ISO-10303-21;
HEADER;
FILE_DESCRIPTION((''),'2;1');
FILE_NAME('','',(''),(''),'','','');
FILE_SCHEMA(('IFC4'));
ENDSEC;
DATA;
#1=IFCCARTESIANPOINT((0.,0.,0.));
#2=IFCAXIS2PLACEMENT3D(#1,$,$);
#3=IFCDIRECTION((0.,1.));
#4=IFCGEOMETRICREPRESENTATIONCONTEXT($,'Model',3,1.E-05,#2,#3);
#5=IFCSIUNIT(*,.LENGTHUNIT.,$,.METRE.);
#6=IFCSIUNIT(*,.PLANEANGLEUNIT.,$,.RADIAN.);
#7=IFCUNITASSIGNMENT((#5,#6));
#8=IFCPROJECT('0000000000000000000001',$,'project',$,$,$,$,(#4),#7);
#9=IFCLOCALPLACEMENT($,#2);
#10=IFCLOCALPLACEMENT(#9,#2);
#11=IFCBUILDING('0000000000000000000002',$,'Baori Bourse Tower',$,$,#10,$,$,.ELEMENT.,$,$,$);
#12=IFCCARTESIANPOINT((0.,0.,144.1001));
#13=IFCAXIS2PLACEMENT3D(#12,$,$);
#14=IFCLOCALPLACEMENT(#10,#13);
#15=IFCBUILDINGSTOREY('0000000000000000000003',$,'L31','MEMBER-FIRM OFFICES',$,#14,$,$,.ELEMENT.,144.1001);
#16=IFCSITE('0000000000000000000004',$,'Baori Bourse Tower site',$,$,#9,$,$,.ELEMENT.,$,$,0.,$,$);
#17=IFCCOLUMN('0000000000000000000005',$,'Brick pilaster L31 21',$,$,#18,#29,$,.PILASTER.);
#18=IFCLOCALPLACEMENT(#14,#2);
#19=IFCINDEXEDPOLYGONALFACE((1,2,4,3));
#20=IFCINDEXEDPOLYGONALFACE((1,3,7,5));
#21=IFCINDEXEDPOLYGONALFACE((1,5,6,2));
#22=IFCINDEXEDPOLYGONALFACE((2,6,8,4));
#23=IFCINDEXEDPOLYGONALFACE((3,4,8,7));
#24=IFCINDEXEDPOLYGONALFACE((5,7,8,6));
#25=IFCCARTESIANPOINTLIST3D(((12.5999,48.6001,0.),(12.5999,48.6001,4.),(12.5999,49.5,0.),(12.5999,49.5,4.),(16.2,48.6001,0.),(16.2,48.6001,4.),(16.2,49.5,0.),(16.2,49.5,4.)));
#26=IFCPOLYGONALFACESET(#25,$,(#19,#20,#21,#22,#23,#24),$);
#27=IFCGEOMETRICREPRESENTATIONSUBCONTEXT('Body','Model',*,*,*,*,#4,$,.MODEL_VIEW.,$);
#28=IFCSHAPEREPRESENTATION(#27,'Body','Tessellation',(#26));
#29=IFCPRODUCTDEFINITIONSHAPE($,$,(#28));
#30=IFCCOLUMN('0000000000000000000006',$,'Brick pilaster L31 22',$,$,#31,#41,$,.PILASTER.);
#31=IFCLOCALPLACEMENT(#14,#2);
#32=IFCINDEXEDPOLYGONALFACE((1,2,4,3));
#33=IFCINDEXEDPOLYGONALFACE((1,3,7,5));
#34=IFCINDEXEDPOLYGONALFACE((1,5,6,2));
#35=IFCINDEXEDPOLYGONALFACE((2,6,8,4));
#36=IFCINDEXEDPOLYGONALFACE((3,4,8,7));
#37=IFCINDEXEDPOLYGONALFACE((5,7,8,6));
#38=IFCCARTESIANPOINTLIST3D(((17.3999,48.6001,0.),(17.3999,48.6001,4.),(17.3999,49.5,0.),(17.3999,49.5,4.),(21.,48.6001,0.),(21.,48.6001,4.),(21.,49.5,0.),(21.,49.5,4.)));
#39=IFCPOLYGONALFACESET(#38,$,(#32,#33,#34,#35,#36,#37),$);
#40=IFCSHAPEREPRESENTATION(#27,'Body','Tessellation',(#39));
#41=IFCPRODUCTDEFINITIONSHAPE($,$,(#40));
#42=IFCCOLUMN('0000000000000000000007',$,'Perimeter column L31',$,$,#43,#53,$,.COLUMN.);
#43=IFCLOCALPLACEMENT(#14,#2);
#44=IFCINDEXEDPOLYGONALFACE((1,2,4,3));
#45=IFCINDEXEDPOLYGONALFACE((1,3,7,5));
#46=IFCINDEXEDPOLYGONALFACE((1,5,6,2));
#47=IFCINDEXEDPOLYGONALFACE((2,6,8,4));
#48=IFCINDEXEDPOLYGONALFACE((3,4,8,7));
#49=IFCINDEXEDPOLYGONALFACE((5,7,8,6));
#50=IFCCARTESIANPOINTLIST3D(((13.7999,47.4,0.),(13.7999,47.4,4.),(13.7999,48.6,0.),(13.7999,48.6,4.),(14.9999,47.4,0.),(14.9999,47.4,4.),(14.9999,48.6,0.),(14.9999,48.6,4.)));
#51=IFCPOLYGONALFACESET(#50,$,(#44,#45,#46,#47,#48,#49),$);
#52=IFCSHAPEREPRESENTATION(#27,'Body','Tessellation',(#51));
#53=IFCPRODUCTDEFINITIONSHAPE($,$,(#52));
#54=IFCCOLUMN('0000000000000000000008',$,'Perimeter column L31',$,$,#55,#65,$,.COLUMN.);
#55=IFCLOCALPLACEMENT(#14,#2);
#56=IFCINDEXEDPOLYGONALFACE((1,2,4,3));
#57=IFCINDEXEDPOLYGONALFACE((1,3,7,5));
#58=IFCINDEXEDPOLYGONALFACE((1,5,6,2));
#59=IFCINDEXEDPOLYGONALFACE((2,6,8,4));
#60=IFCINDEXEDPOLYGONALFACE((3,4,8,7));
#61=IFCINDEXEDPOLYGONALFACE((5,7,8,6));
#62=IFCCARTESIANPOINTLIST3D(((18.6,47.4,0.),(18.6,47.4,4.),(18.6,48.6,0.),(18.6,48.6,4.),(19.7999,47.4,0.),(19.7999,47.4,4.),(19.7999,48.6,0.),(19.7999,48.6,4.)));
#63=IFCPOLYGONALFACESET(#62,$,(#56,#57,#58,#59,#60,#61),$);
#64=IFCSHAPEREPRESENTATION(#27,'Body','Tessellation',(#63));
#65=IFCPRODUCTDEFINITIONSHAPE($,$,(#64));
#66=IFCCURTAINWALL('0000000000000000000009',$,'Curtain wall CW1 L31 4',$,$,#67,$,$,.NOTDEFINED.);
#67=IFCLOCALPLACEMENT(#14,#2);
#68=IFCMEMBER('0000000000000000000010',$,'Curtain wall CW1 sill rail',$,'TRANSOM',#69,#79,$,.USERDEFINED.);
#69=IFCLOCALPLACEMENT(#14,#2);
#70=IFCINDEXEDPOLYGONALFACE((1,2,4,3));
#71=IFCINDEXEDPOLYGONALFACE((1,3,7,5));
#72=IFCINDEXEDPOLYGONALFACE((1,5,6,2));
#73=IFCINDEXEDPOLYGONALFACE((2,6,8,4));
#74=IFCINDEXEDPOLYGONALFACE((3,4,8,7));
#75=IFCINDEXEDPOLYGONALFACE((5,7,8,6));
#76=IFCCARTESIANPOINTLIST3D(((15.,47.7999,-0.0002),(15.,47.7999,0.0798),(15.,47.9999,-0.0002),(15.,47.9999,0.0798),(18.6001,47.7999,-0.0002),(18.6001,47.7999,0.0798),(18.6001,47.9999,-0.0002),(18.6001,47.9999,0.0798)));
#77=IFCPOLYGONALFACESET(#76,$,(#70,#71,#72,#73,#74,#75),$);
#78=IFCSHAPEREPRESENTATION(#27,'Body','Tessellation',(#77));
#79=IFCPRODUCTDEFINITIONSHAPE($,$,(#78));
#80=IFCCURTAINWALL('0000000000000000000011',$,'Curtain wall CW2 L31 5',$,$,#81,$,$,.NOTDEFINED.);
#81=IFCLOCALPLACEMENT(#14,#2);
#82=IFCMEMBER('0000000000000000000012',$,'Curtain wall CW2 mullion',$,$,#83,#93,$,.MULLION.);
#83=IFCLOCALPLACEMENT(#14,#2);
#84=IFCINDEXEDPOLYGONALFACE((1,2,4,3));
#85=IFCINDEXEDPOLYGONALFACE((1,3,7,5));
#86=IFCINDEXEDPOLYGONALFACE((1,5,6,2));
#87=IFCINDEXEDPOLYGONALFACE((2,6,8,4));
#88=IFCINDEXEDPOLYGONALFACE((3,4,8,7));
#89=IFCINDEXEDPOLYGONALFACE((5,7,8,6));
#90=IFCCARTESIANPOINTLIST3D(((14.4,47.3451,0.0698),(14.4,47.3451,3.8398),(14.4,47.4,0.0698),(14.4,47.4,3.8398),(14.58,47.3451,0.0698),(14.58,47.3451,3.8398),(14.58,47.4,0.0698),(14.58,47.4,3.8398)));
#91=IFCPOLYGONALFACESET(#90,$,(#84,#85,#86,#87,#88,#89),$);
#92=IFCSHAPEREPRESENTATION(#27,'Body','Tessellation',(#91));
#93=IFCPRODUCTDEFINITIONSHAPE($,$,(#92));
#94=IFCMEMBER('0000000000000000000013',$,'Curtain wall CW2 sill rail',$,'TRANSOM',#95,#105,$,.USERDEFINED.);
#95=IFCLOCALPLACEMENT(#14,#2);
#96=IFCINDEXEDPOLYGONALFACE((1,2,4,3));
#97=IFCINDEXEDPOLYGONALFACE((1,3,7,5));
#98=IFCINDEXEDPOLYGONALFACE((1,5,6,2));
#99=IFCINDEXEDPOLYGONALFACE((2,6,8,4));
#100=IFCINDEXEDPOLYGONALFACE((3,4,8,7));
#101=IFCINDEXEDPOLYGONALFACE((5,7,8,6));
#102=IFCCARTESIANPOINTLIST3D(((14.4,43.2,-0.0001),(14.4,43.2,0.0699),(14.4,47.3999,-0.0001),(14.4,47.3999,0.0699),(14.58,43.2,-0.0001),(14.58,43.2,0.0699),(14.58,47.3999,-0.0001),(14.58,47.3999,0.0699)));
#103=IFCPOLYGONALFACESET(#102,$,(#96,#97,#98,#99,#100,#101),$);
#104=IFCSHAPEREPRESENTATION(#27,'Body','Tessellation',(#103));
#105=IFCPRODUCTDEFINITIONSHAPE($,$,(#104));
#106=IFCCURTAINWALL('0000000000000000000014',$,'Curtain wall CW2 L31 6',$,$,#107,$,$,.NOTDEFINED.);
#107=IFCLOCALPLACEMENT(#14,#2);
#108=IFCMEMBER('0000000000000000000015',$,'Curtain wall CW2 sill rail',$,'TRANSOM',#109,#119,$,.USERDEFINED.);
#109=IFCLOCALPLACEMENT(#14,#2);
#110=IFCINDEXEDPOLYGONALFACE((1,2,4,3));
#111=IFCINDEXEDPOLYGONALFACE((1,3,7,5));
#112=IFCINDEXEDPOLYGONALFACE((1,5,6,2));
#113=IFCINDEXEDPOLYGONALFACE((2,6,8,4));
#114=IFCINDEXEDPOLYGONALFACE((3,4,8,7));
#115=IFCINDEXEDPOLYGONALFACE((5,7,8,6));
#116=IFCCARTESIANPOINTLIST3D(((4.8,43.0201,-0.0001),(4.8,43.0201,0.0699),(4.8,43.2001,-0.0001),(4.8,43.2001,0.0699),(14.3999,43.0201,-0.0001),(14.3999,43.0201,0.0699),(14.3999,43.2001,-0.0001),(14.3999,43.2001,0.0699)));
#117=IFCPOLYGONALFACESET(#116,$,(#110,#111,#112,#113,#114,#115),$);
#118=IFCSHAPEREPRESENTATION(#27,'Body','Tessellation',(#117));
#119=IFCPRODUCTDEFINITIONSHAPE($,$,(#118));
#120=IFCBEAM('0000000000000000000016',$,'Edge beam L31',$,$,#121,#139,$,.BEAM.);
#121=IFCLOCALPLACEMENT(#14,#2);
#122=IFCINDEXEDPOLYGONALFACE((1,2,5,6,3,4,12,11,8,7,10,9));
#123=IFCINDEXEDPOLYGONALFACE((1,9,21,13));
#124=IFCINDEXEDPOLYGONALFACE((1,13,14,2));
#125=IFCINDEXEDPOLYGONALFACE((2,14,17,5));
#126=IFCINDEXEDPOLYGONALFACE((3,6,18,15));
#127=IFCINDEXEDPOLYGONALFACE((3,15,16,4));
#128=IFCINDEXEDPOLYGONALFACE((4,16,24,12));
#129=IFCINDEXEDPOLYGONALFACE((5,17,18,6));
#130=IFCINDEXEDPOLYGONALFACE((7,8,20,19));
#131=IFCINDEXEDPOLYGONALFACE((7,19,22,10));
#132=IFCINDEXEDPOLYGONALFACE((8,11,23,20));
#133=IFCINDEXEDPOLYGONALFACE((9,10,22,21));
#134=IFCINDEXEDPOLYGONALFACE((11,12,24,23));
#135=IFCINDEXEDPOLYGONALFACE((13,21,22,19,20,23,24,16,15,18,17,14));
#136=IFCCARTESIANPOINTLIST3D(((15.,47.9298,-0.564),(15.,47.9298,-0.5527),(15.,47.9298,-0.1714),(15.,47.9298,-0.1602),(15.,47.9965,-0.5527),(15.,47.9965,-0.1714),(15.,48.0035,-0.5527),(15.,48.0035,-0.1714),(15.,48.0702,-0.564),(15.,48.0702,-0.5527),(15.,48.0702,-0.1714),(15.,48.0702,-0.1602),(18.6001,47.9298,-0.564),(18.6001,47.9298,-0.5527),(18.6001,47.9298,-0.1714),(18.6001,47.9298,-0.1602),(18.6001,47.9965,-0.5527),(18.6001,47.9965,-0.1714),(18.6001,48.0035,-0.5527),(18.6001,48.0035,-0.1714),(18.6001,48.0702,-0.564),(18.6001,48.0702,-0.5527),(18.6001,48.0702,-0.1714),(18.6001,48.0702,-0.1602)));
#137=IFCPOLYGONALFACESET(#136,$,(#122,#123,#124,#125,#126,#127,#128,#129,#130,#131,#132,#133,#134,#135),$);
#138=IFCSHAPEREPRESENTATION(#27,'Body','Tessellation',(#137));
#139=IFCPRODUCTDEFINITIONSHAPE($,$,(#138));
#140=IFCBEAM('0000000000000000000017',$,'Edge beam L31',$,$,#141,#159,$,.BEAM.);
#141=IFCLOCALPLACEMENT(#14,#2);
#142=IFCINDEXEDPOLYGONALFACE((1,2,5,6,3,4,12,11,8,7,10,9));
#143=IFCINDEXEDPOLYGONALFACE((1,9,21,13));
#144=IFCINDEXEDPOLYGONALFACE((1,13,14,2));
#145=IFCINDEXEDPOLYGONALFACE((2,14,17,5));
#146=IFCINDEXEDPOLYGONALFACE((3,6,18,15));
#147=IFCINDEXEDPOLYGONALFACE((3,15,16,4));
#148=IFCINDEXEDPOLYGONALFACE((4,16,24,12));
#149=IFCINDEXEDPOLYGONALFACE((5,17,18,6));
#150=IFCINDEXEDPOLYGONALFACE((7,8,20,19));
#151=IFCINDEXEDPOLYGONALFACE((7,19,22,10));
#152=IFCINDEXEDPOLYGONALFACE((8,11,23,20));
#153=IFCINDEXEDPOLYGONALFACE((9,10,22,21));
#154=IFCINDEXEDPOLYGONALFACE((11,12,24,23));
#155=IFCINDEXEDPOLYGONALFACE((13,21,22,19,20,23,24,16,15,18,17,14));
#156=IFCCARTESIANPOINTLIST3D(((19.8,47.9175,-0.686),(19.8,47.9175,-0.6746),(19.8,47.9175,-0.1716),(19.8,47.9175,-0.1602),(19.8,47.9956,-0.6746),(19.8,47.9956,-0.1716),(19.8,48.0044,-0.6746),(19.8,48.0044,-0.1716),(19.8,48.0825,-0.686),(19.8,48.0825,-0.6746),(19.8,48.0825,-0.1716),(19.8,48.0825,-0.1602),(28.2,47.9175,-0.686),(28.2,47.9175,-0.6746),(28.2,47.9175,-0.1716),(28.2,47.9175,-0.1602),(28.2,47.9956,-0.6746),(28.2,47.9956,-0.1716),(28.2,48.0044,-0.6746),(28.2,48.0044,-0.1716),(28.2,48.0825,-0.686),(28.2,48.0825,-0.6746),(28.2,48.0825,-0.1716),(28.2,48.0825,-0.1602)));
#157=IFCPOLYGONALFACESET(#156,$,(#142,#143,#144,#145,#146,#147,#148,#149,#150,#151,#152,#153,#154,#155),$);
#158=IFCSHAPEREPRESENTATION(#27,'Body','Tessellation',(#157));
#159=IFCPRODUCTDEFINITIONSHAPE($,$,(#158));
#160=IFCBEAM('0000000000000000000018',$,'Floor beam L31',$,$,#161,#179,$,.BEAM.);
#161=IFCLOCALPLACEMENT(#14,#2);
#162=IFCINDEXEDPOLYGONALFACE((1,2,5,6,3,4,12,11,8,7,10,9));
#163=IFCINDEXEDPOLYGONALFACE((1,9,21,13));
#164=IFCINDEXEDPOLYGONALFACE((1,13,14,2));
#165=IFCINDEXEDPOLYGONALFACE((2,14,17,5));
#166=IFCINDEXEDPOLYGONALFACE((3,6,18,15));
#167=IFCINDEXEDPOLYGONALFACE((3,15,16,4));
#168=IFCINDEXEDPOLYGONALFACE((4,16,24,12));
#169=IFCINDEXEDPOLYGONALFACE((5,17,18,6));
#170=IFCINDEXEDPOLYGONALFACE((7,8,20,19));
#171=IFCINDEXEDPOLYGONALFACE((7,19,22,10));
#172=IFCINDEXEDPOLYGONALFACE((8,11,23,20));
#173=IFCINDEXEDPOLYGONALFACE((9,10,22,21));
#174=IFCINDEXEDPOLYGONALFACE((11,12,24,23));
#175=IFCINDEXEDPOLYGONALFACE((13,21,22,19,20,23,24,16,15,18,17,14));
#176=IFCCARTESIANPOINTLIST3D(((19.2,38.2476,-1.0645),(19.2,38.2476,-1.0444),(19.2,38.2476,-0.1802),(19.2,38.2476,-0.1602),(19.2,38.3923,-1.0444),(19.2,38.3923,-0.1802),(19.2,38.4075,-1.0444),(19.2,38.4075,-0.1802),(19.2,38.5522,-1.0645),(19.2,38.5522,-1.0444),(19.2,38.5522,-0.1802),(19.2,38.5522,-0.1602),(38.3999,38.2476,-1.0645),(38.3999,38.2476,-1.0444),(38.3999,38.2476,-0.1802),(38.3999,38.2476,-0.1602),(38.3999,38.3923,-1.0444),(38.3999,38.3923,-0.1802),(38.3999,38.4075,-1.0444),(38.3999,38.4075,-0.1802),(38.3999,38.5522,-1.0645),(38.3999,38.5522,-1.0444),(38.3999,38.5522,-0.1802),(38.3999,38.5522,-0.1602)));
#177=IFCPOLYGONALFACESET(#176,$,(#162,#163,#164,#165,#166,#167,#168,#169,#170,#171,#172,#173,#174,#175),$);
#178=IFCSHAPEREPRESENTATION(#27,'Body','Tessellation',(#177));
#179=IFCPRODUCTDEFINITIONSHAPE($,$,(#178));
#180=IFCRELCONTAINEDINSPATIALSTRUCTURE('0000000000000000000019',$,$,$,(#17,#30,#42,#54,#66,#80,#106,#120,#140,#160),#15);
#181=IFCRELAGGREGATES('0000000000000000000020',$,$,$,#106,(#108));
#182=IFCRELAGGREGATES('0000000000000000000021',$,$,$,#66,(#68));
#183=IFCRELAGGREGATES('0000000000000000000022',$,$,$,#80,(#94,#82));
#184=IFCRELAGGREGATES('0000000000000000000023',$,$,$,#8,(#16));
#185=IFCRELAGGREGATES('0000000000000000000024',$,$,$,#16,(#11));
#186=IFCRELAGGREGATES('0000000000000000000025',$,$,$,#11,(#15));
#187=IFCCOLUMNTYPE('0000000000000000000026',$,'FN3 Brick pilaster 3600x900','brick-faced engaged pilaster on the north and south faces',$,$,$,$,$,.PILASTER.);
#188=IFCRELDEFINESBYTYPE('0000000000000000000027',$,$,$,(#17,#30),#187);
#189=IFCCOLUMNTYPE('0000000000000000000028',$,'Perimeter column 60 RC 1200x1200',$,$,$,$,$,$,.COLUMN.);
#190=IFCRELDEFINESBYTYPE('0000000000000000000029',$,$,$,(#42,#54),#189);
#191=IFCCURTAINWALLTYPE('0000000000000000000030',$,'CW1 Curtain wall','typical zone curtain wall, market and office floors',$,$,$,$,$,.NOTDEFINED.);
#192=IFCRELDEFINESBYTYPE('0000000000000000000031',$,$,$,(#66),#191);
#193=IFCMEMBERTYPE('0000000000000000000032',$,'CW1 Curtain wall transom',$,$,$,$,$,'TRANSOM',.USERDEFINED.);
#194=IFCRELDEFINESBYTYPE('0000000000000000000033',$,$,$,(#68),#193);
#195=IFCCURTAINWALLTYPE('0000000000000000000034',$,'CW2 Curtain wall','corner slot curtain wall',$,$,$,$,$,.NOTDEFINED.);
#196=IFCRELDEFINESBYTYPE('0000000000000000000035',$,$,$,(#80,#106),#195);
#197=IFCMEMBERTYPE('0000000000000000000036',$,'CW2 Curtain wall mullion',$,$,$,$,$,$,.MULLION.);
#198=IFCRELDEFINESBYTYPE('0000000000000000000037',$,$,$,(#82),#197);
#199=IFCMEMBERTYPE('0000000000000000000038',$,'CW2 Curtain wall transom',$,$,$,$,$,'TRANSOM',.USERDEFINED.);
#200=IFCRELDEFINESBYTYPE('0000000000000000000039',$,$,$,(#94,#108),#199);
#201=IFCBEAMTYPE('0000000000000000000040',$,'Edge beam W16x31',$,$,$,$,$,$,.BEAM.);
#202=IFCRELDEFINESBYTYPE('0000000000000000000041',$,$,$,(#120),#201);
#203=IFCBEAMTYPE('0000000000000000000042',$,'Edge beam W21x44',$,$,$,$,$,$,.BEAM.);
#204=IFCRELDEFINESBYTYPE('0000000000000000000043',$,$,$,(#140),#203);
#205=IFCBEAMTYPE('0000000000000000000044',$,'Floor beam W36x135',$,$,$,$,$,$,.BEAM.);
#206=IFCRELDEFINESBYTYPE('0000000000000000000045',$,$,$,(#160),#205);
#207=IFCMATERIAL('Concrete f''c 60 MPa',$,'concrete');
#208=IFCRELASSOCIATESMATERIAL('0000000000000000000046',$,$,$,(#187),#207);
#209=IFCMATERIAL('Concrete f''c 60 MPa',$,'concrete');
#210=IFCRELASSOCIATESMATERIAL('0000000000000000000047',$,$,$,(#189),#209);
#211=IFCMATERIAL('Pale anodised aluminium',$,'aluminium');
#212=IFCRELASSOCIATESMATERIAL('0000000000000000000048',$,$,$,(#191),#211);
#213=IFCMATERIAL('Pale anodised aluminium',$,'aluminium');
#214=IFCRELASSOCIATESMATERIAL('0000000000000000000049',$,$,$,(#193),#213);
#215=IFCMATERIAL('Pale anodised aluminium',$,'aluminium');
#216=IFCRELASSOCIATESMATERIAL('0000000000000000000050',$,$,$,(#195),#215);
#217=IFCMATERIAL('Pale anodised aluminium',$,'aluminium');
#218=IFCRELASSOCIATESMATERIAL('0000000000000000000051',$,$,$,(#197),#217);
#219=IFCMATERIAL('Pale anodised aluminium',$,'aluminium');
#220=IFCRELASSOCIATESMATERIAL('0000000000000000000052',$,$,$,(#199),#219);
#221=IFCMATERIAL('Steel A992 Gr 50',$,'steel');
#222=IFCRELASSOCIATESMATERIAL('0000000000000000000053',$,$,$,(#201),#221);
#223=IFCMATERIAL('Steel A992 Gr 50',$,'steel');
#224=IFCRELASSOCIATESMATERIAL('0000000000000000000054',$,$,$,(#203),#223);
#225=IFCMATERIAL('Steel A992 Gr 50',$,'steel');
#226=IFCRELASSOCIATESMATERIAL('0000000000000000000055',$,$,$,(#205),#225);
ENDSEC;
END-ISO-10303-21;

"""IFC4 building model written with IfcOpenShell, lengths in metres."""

from ifc_helpers import new_model, si_unit, direction, frame, origin, origin_2d, place, context, subcontext, project, spatial, rectangle, i_section, extrude, material, material_profile, profile_set, type_object, element, aggregate, save


model = new_model("IFC4")

# Units and contexts
model_context = context("Model", 3, precision=1e-05, world=origin(), true_north=direction((0.0, 1.0)))
body_context = subcontext(model_context, "Body", "Model", "MODEL_VIEW")
ifc_project = project(units=[si_unit("LENGTHUNIT", "METRE"), si_unit("PLANEANGLEUNIT", "RADIAN")], contexts=[model_context])

# Site, building, storey
site_placement = place(None, origin())
site = spatial("IfcSite", under=ifc_project, at=site_placement, Name="Baori Bourse Tower site", CompositionType="ELEMENT", RefElevation=0.0)
building_placement = place(site_placement, origin())
building = spatial("IfcBuilding", under=site, at=building_placement, Name="Baori Bourse Tower", CompositionType="ELEMENT")
storey_placement = place(building_placement, frame((0.0, 0.0, 144.1001)))
storey = spatial("IfcBuildingStorey", under=building, at=storey_placement, Name="L31", Description="MEMBER-FIRM OFFICES", CompositionType="ELEMENT", Elevation=144.1001)

# Columns
ifc_material_1 = material(Name="Concrete f'c 60 MPa", Category="concrete")
ifc_material_profile_1 = material_profile(ifc_material_1, rectangle(XDim=3.6001, YDim=0.8999, at=origin_2d()), Name="RC 3600x900")
ifc_profile_set_1 = profile_set([ifc_material_profile_1], Name="Concrete f'c 60 MPa")
column_type_1 = type_object("IfcColumnType", Name="FN3 Brick pilaster 3600x900", Description="brick-faced engaged pilaster on the north and south faces", PredefinedType="PILASTER", material=ifc_profile_set_1)
for number, where, z_axis, x_axis, name in (
    (1, (14.3999, 49.05, 0.0), (0.0, 0.0, 1.0), (1.0, 0.0, 0.0), "Brick pilaster L31 21"),
    (2, (19.2, 49.05, 0.0), (0.0, 0.0, 1.0), (1.0, 0.0, 0.0), "Brick pilaster L31 22"),
):
    element("IfcColumn", number, at=place(storey_placement, frame(where, z_axis=z_axis, x_axis=x_axis)), inside=storey, type_object=column_type_1, Name=name, PredefinedType="PILASTER", context=body_context, shape_type="SweptSolid", body=[
        extrude(rectangle(XDim=3.6001, YDim=0.8999, at=origin_2d()), origin(), (0.0, 0.0, 1.0), 4.0),
    ])
ifc_material_2 = material(Name="Concrete f'c 60 MPa", Category="concrete")
ifc_material_profile_2 = material_profile(ifc_material_2, rectangle(XDim=1.2, YDim=1.2, at=origin_2d()), Name="RC 1200x1200")
ifc_profile_set_2 = profile_set([ifc_material_profile_2], Name="Concrete f'c 60 MPa")
column_type_2 = type_object("IfcColumnType", Name="Perimeter column 60 RC 1200x1200", PredefinedType="COLUMN", material=ifc_profile_set_2)
for number, where, z_axis, x_axis, name in (
    (3, (14.3999, 48.0, 0.0), (0.0, 0.0, 1.0), (1.0, 0.0, 0.0), "Perimeter column L31"),
    (4, (19.2, 48.0, 0.0), (0.0, 0.0, 1.0), (1.0, 0.0, 0.0), "Perimeter column L31"),
):
    element("IfcColumn", number, at=place(storey_placement, frame(where, z_axis=z_axis, x_axis=x_axis)), inside=storey, type_object=column_type_2, Name=name, PredefinedType="COLUMN", context=body_context, shape_type="SweptSolid", body=[
        extrude(rectangle(XDim=1.2, YDim=1.2, at=origin_2d()), origin(), (0.0, 0.0, 1.0), 4.0),
    ])

# Curtain wall, member
ifc_material_3 = material(Name="Pale anodised aluminium", Category="aluminium")
curtain_wall_type_1 = type_object("IfcCurtainWallType", Name="CW1 Curtain wall", Description="typical zone curtain wall, market and office floors", PredefinedType="NOTDEFINED", material=ifc_material_3)
curtain_wall_1_placement = place(storey_placement, origin())
curtain_wall_1 = element("IfcCurtainWall", 5, at=curtain_wall_1_placement, inside=storey, type_object=curtain_wall_type_1, Name="Curtain wall CW1 L31 4", PredefinedType="NOTDEFINED")
ifc_material_4 = material(Name="Pale anodised aluminium", Category="aluminium")
ifc_material_profile_3 = material_profile(ifc_material_4, rectangle(XDim=0.2, YDim=0.0801, at=origin_2d()), Name="Transom 80x200")
ifc_profile_set_3 = profile_set([ifc_material_profile_3], Name="Pale anodised aluminium")
member_type_1 = type_object("IfcMemberType", Name="CW1 Curtain wall transom", ElementType="TRANSOM", PredefinedType="USERDEFINED", material=ifc_profile_set_3)
member_1_placement = place(storey_placement, frame((18.6001, 47.8999, 0.0398), z_axis=(-1.0, 0.0, 0.0), x_axis=(0.0, -1.0, 0.0)))
member_1 = element("IfcMember", 6, at=member_1_placement, type_object=member_type_1, Name="Curtain wall CW1 sill rail", ObjectType="TRANSOM", PredefinedType="USERDEFINED", context=body_context, shape_type="SweptSolid", body=[
    extrude(rectangle(XDim=0.2, YDim=0.0801, at=origin_2d()), origin(), (0.0, 0.0, 1.0), 3.6001),
])

# Curtain wall, members
ifc_material_5 = material(Name="Pale anodised aluminium", Category="aluminium")
curtain_wall_type_2 = type_object("IfcCurtainWallType", Name="CW2 Curtain wall", Description="corner slot curtain wall", PredefinedType="NOTDEFINED", material=ifc_material_5)
curtain_wall_2_placement = place(storey_placement, origin())
curtain_wall_2 = element("IfcCurtainWall", 7, at=curtain_wall_2_placement, inside=storey, type_object=curtain_wall_type_2, Name="Curtain wall CW2 L31 5", PredefinedType="NOTDEFINED")
ifc_material_6 = material(Name="Pale anodised aluminium", Category="aluminium")
ifc_material_profile_4 = material_profile(ifc_material_6, rectangle(XDim=0.1799, YDim=0.0549, at=origin_2d()), Name="Mullion 55x180")
ifc_profile_set_4 = profile_set([ifc_material_profile_4], Name="Pale anodised aluminium")
member_type_2 = type_object("IfcMemberType", Name="CW2 Curtain wall mullion", PredefinedType="MULLION", material=ifc_profile_set_4)
member_2_placement = place(storey_placement, frame((14.49, 47.3726, 0.0698), z_axis=(0.0, 0.0, 1.0), x_axis=(1.0, 0.0, 0.0)))
member_2 = element("IfcMember", 8, at=member_2_placement, type_object=member_type_2, Name="Curtain wall CW2 mullion", PredefinedType="MULLION", context=body_context, shape_type="SweptSolid", body=[
    extrude(rectangle(XDim=0.1799, YDim=0.0549, at=origin_2d()), origin(), (0.0, 0.0, 1.0), 3.77),
])
ifc_material_7 = material(Name="Pale anodised aluminium", Category="aluminium")
ifc_material_profile_5 = material_profile(ifc_material_7, rectangle(XDim=0.1799, YDim=0.0701, at=origin_2d()), Name="Transom 70x180")
ifc_profile_set_5 = profile_set([ifc_material_profile_5], Name="Pale anodised aluminium")
member_type_3 = type_object("IfcMemberType", Name="CW2 Curtain wall transom", ElementType="TRANSOM", PredefinedType="USERDEFINED", material=ifc_profile_set_5)
member_3_placement = place(storey_placement, frame((14.49, 47.3999, 0.0349), z_axis=(0.0, -1.0, 0.0), x_axis=(1.0, 0.0, 0.0)))
member_3 = element("IfcMember", 9, at=member_3_placement, type_object=member_type_3, Name="Curtain wall CW2 sill rail", ObjectType="TRANSOM", PredefinedType="USERDEFINED", context=body_context, shape_type="SweptSolid", body=[
    extrude(rectangle(XDim=0.1799, YDim=0.0701, at=origin_2d()), origin(), (0.0, 0.0, 1.0), 4.2),
])

# Curtain wall, member
curtain_wall_3_placement = place(storey_placement, origin())
curtain_wall_3 = element("IfcCurtainWall", 10, at=curtain_wall_3_placement, inside=storey, type_object=curtain_wall_type_2, Name="Curtain wall CW2 L31 6", PredefinedType="NOTDEFINED")
member_4_placement = place(storey_placement, frame((14.3999, 43.1101, 0.0349), z_axis=(-1.0, 0.0, 0.0), x_axis=(0.0, -1.0, 0.0)))
member_4 = element("IfcMember", 11, at=member_4_placement, type_object=member_type_3, Name="Curtain wall CW2 sill rail", ObjectType="TRANSOM", PredefinedType="USERDEFINED", context=body_context, shape_type="SweptSolid", body=[
    extrude(rectangle(XDim=0.1799, YDim=0.0701, at=origin_2d()), origin(), (0.0, 0.0, 1.0), 9.5999),
])
aggregate(curtain_wall_3, [member_4])

# Beams
ifc_material_8 = material(Name="Steel A992 Gr 50", Category="steel")
ifc_material_profile_6 = material_profile(ifc_material_8, i_section(OverallWidth=0.1404, OverallDepth=0.4038, WebThickness=0.0071, FlangeThickness=0.0112, at=origin_2d()), Name="W16x31")
ifc_profile_set_6 = profile_set([ifc_material_profile_6], Name="Steel A992 Gr 50")
beam_type_1 = type_object("IfcBeamType", Name="Edge beam W16x31", PredefinedType="BEAM", material=ifc_profile_set_6)
beam_1_placement = place(storey_placement, frame((15.0, 48.0, -0.3621), z_axis=(1.0, 0.0, 0.0), x_axis=(0.0, 1.0, 0.0)))
element("IfcBeam", 12, at=beam_1_placement, inside=storey, type_object=beam_type_1, Name="Edge beam L31", PredefinedType="BEAM", context=body_context, shape_type="SweptSolid", body=[
    extrude(i_section(OverallWidth=0.1404, OverallDepth=0.4038, WebThickness=0.0071, FlangeThickness=0.0112, at=origin_2d()), origin(), (0.0, 0.0, 1.0), 3.6001),
])
ifc_material_9 = material(Name="Steel A992 Gr 50", Category="steel")
ifc_material_profile_7 = material_profile(ifc_material_9, i_section(OverallWidth=0.165, OverallDepth=0.5259, WebThickness=0.0088, FlangeThickness=0.0115, at=origin_2d()), Name="W21x44")
ifc_profile_set_7 = profile_set([ifc_material_profile_7], Name="Steel A992 Gr 50")
beam_type_2 = type_object("IfcBeamType", Name="Edge beam W21x44", PredefinedType="BEAM", material=ifc_profile_set_7)
beam_2_placement = place(storey_placement, frame((19.8, 48.0, -0.4231), z_axis=(1.0, 0.0, 0.0), x_axis=(0.0, 1.0, 0.0)))
element("IfcBeam", 13, at=beam_2_placement, inside=storey, type_object=beam_type_2, Name="Edge beam L31", PredefinedType="BEAM", context=body_context, shape_type="SweptSolid", body=[
    extrude(i_section(OverallWidth=0.165, OverallDepth=0.5259, WebThickness=0.0088, FlangeThickness=0.0115, at=origin_2d()), origin(), (0.0, 0.0, 1.0), 8.3999),
])
ifc_material_10 = material(Name="Steel A992 Gr 50", Category="steel")
ifc_material_profile_8 = material_profile(ifc_material_10, i_section(OverallWidth=0.3047, OverallDepth=0.9043, WebThickness=0.0151, FlangeThickness=0.02, at=origin_2d()), Name="W36x135")
ifc_profile_set_8 = profile_set([ifc_material_profile_8], Name="Steel A992 Gr 50")
beam_type_3 = type_object("IfcBeamType", Name="Floor beam W36x135", PredefinedType="BEAM", material=ifc_profile_set_8)
beam_3_placement = place(storey_placement, frame((19.2, 38.3999, -0.6123), z_axis=(1.0, 0.0, 0.0), x_axis=(0.0, 1.0, 0.0)))
element("IfcBeam", 14, at=beam_3_placement, inside=storey, type_object=beam_type_3, Name="Floor beam L31", PredefinedType="BEAM", context=body_context, shape_type="SweptSolid", body=[
    extrude(i_section(OverallWidth=0.3047, OverallDepth=0.9043, WebThickness=0.0151, FlangeThickness=0.02, at=origin_2d()), origin(), (0.0, 0.0, 1.0), 19.2),
])

aggregate(curtain_wall_1, [member_1])
aggregate(curtain_wall_2, [member_3, member_2])

save(model, "model.ifc")
